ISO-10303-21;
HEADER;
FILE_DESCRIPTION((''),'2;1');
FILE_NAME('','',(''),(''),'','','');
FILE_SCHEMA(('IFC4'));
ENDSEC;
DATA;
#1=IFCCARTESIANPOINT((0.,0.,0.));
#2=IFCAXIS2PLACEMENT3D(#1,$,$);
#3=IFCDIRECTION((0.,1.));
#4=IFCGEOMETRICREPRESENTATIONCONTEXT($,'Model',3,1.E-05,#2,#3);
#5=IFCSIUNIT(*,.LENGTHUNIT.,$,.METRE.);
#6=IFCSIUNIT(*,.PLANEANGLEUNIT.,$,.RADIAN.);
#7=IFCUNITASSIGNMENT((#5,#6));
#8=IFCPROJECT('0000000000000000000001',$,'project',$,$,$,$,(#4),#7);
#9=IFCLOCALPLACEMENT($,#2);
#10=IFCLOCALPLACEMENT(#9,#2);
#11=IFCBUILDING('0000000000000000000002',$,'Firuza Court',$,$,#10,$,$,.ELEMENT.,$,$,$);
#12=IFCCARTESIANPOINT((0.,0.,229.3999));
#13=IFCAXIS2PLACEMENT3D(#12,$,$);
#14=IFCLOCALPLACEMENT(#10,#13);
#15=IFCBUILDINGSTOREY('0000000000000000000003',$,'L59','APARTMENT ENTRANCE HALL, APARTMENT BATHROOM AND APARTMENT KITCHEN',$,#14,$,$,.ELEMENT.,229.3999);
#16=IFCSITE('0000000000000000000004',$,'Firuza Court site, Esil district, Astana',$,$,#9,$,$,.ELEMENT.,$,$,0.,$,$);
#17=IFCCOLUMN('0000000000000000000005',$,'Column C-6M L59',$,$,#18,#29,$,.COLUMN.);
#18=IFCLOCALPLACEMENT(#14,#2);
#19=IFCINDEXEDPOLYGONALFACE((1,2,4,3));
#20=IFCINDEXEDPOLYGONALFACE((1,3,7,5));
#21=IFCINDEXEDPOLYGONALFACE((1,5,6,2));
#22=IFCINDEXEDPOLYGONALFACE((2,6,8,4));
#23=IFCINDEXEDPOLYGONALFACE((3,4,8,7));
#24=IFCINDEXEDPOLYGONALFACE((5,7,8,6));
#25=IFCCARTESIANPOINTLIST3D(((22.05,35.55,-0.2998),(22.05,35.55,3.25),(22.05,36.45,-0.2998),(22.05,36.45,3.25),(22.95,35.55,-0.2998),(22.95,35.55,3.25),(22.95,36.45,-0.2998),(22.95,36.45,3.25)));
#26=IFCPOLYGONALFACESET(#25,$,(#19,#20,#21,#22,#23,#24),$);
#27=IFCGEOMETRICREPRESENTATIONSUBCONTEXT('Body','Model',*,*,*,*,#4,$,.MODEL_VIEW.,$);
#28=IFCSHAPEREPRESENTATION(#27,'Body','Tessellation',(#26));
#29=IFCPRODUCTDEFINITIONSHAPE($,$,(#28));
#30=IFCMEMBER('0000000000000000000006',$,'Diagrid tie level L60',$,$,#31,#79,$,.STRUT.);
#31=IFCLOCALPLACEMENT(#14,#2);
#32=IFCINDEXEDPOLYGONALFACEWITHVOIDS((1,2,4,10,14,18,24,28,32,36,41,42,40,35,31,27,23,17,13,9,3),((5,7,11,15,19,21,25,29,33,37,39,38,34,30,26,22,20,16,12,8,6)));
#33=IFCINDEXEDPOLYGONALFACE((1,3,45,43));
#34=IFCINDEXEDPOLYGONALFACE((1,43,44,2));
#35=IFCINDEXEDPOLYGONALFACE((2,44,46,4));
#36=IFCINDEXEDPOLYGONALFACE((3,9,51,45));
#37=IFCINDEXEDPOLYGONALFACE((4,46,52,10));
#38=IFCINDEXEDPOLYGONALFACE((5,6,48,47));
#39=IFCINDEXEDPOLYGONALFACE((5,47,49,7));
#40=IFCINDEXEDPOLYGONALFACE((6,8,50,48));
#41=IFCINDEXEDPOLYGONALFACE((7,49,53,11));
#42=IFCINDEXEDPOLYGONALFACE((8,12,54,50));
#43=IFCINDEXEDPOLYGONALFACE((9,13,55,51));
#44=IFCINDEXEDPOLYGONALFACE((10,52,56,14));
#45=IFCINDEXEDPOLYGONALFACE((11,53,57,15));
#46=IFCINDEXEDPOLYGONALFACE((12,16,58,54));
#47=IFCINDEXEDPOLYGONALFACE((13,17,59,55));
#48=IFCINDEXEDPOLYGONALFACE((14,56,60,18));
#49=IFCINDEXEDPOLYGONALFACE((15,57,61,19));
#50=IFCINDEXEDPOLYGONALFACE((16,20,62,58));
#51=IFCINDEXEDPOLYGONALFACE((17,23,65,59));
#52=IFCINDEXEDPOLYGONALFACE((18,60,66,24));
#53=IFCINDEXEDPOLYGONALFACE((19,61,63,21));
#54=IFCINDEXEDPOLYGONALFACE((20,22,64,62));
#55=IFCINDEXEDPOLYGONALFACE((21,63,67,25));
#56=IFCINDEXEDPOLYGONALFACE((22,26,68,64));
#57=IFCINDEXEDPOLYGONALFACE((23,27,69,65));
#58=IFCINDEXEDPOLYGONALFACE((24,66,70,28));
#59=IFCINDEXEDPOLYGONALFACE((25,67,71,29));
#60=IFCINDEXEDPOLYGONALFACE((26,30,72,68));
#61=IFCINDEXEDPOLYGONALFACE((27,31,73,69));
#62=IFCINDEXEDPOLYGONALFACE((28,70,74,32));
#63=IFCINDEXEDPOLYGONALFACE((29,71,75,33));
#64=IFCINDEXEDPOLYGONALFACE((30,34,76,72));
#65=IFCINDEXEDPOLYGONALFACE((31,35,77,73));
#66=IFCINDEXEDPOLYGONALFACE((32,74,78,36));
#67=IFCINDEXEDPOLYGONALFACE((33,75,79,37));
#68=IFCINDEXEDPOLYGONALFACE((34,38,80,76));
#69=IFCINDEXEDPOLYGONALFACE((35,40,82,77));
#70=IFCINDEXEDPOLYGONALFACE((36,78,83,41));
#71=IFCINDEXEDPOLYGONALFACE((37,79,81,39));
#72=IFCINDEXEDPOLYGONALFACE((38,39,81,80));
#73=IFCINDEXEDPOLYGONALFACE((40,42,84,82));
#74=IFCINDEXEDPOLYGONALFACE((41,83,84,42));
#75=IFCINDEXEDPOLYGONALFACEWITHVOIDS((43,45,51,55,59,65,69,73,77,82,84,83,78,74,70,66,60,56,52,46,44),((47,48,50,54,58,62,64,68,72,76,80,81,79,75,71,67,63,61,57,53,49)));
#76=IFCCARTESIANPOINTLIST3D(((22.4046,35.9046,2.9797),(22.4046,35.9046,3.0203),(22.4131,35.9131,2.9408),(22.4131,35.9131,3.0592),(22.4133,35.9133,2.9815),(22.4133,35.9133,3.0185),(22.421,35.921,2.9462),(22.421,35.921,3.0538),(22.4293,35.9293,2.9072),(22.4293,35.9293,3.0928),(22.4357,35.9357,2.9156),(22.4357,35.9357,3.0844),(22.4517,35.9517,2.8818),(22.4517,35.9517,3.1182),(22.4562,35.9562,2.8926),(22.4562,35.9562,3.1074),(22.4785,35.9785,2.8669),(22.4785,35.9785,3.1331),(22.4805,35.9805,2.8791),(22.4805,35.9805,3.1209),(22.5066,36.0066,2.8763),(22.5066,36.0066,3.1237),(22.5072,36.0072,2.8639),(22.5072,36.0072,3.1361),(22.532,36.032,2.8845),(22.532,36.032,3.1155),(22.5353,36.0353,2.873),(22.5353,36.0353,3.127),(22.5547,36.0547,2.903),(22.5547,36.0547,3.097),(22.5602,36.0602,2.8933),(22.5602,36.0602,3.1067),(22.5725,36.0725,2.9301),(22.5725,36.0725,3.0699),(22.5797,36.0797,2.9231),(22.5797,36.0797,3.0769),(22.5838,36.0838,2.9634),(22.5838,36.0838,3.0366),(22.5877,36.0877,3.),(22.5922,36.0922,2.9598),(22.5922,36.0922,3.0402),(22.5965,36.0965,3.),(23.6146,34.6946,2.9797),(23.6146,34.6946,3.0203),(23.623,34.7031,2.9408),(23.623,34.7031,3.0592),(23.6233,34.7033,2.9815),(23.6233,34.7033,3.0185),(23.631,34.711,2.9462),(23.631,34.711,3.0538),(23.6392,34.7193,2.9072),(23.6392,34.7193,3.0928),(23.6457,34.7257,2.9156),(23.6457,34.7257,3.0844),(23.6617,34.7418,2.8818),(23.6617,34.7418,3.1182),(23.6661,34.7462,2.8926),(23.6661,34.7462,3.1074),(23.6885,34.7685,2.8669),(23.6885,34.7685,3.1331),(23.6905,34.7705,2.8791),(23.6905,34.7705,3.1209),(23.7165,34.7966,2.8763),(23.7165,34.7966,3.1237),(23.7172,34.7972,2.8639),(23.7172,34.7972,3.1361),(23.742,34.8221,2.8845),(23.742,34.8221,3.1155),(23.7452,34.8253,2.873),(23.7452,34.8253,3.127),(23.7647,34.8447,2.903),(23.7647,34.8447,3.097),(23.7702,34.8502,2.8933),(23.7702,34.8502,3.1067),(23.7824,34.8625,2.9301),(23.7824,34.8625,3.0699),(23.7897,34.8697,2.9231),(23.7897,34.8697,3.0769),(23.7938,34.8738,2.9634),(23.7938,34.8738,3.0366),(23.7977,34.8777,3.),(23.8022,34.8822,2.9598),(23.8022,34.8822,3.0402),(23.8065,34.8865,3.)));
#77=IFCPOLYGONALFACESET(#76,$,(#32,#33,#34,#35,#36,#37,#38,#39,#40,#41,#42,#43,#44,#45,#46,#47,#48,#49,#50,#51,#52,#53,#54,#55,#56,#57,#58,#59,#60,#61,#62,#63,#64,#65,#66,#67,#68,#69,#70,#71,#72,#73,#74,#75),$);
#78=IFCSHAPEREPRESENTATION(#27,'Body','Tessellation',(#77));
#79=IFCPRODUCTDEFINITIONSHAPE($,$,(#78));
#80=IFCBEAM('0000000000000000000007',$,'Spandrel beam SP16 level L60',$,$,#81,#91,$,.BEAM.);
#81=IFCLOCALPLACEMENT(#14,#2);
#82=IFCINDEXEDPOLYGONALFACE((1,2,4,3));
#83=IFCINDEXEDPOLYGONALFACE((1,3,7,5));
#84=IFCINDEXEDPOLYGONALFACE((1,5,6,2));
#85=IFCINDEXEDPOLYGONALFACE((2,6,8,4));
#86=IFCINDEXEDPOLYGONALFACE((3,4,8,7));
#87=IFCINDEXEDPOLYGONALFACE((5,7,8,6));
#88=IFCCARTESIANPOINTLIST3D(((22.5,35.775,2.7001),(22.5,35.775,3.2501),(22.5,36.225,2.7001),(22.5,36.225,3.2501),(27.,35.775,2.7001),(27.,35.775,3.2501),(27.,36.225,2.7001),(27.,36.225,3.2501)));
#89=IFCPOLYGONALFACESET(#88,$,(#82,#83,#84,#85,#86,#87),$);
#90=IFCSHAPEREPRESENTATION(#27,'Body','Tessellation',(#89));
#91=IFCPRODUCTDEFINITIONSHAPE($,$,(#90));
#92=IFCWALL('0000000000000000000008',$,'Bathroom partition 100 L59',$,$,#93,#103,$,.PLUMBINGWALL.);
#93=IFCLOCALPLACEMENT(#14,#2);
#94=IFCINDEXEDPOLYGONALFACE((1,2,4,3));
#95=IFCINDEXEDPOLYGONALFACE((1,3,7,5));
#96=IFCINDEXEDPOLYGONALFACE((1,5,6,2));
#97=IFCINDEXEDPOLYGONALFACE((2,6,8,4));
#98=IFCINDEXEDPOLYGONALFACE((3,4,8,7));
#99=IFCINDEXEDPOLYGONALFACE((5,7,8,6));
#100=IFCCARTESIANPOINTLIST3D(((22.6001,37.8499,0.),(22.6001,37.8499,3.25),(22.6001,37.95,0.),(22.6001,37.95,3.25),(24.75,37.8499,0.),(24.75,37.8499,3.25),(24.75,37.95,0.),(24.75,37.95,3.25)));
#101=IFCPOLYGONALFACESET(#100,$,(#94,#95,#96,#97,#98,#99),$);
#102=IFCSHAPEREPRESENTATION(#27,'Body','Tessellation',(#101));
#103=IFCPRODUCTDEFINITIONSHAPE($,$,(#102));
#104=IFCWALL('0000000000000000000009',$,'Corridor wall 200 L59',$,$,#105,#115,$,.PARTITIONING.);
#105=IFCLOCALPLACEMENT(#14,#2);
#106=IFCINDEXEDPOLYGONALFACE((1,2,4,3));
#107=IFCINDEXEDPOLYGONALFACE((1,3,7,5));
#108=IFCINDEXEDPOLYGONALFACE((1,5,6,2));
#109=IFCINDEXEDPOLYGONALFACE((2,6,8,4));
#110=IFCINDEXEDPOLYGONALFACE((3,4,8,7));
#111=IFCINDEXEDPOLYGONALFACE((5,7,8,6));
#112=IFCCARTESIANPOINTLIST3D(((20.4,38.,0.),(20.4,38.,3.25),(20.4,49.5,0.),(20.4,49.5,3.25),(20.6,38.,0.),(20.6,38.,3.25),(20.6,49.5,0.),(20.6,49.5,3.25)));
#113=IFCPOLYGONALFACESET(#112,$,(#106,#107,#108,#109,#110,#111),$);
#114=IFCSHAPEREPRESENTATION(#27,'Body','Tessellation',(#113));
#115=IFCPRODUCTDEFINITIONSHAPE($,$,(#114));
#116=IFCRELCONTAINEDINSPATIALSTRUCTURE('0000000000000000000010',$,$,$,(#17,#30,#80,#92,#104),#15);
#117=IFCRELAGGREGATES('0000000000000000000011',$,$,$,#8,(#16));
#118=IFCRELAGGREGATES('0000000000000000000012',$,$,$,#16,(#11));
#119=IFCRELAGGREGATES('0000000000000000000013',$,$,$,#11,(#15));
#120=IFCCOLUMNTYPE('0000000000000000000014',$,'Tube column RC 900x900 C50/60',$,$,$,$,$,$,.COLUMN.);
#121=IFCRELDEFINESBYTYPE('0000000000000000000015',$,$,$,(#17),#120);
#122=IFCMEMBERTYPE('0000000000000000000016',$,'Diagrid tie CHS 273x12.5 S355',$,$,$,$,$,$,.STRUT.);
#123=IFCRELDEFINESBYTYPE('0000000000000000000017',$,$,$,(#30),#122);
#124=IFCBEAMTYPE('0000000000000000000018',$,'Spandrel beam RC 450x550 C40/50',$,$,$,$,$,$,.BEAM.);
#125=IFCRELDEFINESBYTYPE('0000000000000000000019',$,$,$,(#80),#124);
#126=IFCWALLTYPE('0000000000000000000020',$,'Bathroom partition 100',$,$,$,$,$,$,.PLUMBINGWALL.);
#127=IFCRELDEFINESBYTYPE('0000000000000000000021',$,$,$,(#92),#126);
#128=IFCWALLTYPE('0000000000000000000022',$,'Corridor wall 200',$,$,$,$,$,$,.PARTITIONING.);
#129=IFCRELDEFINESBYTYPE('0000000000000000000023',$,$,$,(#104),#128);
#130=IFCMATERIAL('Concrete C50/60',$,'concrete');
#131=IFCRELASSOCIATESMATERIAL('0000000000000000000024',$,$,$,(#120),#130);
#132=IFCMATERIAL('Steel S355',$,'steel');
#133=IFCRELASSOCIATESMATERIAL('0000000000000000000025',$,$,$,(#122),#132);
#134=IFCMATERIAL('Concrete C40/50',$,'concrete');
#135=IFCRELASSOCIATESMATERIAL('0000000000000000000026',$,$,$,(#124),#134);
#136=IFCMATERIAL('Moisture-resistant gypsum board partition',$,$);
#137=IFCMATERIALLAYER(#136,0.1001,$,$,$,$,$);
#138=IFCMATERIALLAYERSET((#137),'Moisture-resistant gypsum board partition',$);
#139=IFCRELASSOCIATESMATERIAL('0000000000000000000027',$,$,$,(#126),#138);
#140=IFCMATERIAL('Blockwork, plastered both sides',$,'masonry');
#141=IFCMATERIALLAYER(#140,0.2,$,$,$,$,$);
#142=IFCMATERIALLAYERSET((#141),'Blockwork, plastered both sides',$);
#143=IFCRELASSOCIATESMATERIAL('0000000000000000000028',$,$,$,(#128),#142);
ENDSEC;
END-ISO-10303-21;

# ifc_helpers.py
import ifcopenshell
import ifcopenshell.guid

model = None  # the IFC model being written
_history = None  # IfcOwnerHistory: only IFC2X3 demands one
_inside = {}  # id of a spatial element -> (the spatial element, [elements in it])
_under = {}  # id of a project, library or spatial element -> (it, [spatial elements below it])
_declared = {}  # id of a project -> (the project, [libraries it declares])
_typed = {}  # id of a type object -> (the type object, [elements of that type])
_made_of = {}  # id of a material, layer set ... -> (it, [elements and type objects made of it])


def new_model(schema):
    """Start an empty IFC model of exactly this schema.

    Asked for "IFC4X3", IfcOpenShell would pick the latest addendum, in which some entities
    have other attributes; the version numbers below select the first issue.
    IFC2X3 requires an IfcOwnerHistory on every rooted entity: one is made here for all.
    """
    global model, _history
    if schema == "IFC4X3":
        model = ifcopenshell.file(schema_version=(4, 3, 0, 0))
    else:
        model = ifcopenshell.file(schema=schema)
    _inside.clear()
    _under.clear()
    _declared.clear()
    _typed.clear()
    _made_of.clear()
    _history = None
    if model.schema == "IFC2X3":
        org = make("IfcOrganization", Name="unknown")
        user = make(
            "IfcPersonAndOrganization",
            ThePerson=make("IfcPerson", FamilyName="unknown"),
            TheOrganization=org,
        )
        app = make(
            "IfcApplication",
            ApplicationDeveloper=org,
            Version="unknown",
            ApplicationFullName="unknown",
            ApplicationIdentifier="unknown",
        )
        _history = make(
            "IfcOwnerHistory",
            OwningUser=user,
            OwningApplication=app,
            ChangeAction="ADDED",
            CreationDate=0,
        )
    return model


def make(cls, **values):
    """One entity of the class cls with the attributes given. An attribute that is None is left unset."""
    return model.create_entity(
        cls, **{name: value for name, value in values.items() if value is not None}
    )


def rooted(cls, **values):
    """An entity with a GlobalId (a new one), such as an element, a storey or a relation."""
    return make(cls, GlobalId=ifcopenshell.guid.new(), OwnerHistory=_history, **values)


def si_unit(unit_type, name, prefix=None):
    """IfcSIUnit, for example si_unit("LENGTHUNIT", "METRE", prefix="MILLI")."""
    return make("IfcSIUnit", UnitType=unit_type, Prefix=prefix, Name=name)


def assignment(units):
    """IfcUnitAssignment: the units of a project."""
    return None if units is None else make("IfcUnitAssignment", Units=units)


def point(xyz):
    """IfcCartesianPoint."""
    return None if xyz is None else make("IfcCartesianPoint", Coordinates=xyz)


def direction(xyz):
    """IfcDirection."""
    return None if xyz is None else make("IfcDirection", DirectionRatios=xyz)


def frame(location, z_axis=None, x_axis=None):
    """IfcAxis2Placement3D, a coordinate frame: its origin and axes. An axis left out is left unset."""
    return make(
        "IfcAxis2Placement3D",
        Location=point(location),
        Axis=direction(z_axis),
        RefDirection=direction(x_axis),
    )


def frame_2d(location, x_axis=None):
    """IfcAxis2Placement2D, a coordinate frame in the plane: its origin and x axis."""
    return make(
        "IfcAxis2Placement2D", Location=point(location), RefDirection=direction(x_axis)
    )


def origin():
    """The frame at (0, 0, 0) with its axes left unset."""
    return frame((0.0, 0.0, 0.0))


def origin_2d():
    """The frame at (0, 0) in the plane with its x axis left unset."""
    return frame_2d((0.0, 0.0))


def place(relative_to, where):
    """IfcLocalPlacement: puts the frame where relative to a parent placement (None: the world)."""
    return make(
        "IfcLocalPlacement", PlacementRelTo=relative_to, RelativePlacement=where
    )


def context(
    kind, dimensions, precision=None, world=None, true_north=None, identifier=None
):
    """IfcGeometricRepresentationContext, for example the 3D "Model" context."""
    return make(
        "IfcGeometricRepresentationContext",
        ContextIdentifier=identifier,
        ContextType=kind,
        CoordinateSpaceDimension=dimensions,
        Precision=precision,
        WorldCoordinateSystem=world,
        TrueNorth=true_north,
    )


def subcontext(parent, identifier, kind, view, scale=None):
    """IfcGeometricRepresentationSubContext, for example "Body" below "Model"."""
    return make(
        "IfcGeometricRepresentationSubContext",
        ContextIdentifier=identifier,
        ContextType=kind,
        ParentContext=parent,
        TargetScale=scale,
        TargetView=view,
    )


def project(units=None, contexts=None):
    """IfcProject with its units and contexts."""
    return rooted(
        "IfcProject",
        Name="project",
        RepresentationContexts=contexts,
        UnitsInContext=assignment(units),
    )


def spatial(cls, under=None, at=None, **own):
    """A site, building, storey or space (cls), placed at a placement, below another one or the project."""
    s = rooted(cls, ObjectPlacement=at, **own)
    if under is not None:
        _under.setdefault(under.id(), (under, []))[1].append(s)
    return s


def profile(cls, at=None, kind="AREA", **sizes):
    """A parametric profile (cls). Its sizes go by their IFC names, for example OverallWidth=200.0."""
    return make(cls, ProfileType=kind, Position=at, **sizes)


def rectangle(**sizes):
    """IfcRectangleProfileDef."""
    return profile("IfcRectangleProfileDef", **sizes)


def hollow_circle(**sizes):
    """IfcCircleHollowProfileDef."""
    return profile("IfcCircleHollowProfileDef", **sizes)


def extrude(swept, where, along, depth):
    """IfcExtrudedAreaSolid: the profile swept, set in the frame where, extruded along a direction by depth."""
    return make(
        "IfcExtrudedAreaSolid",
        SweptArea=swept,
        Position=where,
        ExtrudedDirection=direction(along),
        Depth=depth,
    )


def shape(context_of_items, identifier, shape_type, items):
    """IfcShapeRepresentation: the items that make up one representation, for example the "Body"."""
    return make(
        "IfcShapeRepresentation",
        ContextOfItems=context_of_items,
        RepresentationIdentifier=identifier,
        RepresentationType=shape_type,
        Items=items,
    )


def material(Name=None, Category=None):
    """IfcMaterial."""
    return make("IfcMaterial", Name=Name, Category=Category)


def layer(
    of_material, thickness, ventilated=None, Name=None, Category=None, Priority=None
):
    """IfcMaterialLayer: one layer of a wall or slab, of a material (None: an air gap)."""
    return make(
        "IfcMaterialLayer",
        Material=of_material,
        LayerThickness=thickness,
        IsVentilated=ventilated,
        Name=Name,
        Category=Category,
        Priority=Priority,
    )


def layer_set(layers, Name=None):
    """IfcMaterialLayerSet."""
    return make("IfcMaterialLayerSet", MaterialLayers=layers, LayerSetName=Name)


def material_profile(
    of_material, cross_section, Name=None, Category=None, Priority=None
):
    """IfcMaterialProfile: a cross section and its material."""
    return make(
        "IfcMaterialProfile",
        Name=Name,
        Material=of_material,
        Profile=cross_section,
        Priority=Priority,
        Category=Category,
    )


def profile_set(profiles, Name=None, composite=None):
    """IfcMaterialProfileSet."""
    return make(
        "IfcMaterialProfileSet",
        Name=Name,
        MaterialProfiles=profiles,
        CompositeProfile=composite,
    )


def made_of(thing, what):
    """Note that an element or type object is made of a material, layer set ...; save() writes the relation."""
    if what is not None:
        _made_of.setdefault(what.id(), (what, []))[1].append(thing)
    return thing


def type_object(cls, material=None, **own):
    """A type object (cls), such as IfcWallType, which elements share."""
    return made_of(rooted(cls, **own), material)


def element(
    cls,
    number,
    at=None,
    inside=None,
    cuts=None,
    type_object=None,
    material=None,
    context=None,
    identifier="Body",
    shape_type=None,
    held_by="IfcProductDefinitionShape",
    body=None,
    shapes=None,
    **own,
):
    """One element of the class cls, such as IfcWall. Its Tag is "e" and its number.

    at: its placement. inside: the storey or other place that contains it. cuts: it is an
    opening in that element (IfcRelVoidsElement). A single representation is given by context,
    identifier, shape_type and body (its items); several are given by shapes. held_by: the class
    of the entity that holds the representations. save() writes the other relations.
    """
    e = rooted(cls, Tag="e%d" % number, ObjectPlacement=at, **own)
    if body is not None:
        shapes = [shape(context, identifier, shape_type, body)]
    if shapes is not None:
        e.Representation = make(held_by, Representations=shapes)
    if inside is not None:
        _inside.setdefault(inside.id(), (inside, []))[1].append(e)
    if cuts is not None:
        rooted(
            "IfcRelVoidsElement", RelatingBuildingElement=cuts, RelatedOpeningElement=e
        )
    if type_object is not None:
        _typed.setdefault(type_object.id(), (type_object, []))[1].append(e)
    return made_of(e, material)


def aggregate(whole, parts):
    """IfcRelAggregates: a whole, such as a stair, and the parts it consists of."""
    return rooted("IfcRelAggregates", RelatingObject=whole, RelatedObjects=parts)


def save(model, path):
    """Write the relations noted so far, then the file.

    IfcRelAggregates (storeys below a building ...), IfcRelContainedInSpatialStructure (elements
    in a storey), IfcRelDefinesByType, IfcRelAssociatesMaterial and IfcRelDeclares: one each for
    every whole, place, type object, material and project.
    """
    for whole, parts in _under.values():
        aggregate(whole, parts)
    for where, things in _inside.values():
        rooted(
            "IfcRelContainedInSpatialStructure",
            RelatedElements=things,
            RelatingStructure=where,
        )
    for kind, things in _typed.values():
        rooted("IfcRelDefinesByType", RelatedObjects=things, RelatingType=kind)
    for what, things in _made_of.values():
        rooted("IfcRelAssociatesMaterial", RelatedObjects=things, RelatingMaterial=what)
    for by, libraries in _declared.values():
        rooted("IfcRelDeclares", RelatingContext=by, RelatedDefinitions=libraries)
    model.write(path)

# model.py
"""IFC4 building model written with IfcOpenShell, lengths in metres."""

from ifc_helpers import new_model, si_unit, direction, frame, frame_2d, origin, origin_2d, place, context, subcontext, project, spatial, rectangle, hollow_circle, extrude, material, layer, layer_set, material_profile, profile_set, type_object, element, save


model = new_model("IFC4")

# Units and contexts
model_context = context("Model", 3, precision=1e-05, world=origin(), true_north=direction((0.0, 1.0)))
body_context = subcontext(model_context, "Body", "Model", "MODEL_VIEW")
ifc_project = project(units=[si_unit("LENGTHUNIT", "METRE"), si_unit("PLANEANGLEUNIT", "RADIAN")], contexts=[model_context])

# Site, building, storey
site_placement = place(None, origin())
site = spatial("IfcSite", under=ifc_project, at=site_placement, Name="Firuza Court site, Esil district, Astana", CompositionType="ELEMENT", RefElevation=0.0)
building_placement = place(site_placement, origin())
building = spatial("IfcBuilding", under=site, at=building_placement, Name="Firuza Court", CompositionType="ELEMENT")
storey_placement = place(building_placement, frame((0.0, 0.0, 229.3999)))
storey = spatial("IfcBuildingStorey", under=building, at=storey_placement, Name="L59", Description="APARTMENT ENTRANCE HALL, APARTMENT BATHROOM AND APARTMENT KITCHEN", CompositionType="ELEMENT", Elevation=229.3999)

# Column
ifc_material_1 = material(Name="Concrete C50/60", Category="concrete")
ifc_material_profile_1 = material_profile(ifc_material_1, rectangle(XDim=0.8999, YDim=0.8999, at=origin_2d()), Name="RC 900x900")
ifc_profile_set_1 = profile_set([ifc_material_profile_1], Name="Concrete C50/60")
column_type = type_object("IfcColumnType", Name="Tube column RC 900x900 C50/60", PredefinedType="COLUMN", material=ifc_profile_set_1)
column_placement = place(storey_placement, frame((22.5, 36.0, -0.2998), z_axis=(0.0, 0.0, 1.0), x_axis=(1.0, 0.0, 0.0)))
element("IfcColumn", 1, at=column_placement, inside=storey, type_object=column_type, Name="Column C-6M L59", PredefinedType="COLUMN", context=body_context, shape_type="SweptSolid", body=[
    extrude(rectangle(XDim=0.8999, YDim=0.8999, at=origin_2d()), origin(), (0.0, 0.0, 1.0), 3.5498),
])

# Member
ifc_material_2 = material(Name="Steel S355", Category="steel")
ifc_material_profile_2 = material_profile(ifc_material_2, hollow_circle(Radius=0.1365, WallThickness=0.0125, at=origin_2d()), Name="CHS 273x12.5")
ifc_profile_set_2 = profile_set([ifc_material_profile_2], Name="Steel S355")
member_type = type_object("IfcMemberType", Name="Diagrid tie CHS 273x12.5 S355", PredefinedType="STRUT", material=ifc_profile_set_2)
member_placement = place(storey_placement, frame((22.5, 36.0, 3.0), z_axis=(0.707107, -0.707107, 0.0), x_axis=(0.707107, 0.707107, 0.0)))
element("IfcMember", 2, at=member_placement, inside=storey, type_object=member_type, Name="Diagrid tie level L60", PredefinedType="STRUT", context=body_context, shape_type="SweptSolid", body=[
    extrude(hollow_circle(Radius=0.1365, WallThickness=0.0125, at=origin_2d()), origin(), (0.0, 0.0, 1.0), 1.7112),
])

# Beam
ifc_material_3 = material(Name="Concrete C40/50", Category="concrete")
ifc_material_profile_3 = material_profile(ifc_material_3, rectangle(XDim=0.45, YDim=0.55, at=origin_2d()), Name="RC 450x550")
ifc_profile_set_3 = profile_set([ifc_material_profile_3], Name="Concrete C40/50")
beam_type = type_object("IfcBeamType", Name="Spandrel beam RC 450x550 C40/50", PredefinedType="BEAM", material=ifc_profile_set_3)
beam_placement = place(storey_placement, frame((22.5, 36.0, 2.9751), z_axis=(1.0, 0.0, 0.0), x_axis=(0.0, 1.0, 0.0)))
element("IfcBeam", 3, at=beam_placement, inside=storey, type_object=beam_type, Name="Spandrel beam SP16 level L60", PredefinedType="BEAM", context=body_context, shape_type="SweptSolid", body=[
    extrude(rectangle(XDim=0.45, YDim=0.55, at=origin_2d()), origin(), (0.0, 0.0, 1.0), 4.5),
])

# Walls
ifc_material_4 = material(Name="Moisture-resistant gypsum board partition")
ifc_layer_1 = layer(ifc_material_4, 0.1001)
ifc_layer_set_1 = layer_set([ifc_layer_1], Name="Moisture-resistant gypsum board partition")
wall_type_1 = type_object("IfcWallType", Name="Bathroom partition 100", PredefinedType="PLUMBINGWALL", material=ifc_layer_set_1)
wall_1_placement = place(storey_placement, frame((22.6001, 37.8999, 0.0), z_axis=(0.0, 0.0, 1.0), x_axis=(1.0, 0.0, 0.0)))
element("IfcWall", 4, at=wall_1_placement, inside=storey, type_object=wall_type_1, Name="Bathroom partition 100 L59", PredefinedType="PLUMBINGWALL", context=body_context, shape_type="SweptSolid", body=[
    extrude(rectangle(XDim=2.1499, YDim=0.1001, at=frame_2d((1.075, 0.0))), origin(), (0.0, 0.0, 1.0), 3.25),
])
ifc_material_5 = material(Name="Blockwork, plastered both sides", Category="masonry")
ifc_layer_2 = layer(ifc_material_5, 0.2)
ifc_layer_set_2 = layer_set([ifc_layer_2], Name="Blockwork, plastered both sides")
wall_type_2 = type_object("IfcWallType", Name="Corridor wall 200", PredefinedType="PARTITIONING", material=ifc_layer_set_2)
wall_2_placement = place(storey_placement, frame((20.5, 38.0, 0.0), z_axis=(0.0, 0.0, 1.0), x_axis=(0.0, 1.0, 0.0)))
element("IfcWall", 5, at=wall_2_placement, inside=storey, type_object=wall_type_2, Name="Corridor wall 200 L59", PredefinedType="PARTITIONING", context=body_context, shape_type="SweptSolid", body=[
    extrude(rectangle(XDim=11.5, YDim=0.2, at=frame_2d((5.75, 0.0))), origin(), (0.0, 0.0, 1.0), 3.25),
])

save(model, "model.ifc")
